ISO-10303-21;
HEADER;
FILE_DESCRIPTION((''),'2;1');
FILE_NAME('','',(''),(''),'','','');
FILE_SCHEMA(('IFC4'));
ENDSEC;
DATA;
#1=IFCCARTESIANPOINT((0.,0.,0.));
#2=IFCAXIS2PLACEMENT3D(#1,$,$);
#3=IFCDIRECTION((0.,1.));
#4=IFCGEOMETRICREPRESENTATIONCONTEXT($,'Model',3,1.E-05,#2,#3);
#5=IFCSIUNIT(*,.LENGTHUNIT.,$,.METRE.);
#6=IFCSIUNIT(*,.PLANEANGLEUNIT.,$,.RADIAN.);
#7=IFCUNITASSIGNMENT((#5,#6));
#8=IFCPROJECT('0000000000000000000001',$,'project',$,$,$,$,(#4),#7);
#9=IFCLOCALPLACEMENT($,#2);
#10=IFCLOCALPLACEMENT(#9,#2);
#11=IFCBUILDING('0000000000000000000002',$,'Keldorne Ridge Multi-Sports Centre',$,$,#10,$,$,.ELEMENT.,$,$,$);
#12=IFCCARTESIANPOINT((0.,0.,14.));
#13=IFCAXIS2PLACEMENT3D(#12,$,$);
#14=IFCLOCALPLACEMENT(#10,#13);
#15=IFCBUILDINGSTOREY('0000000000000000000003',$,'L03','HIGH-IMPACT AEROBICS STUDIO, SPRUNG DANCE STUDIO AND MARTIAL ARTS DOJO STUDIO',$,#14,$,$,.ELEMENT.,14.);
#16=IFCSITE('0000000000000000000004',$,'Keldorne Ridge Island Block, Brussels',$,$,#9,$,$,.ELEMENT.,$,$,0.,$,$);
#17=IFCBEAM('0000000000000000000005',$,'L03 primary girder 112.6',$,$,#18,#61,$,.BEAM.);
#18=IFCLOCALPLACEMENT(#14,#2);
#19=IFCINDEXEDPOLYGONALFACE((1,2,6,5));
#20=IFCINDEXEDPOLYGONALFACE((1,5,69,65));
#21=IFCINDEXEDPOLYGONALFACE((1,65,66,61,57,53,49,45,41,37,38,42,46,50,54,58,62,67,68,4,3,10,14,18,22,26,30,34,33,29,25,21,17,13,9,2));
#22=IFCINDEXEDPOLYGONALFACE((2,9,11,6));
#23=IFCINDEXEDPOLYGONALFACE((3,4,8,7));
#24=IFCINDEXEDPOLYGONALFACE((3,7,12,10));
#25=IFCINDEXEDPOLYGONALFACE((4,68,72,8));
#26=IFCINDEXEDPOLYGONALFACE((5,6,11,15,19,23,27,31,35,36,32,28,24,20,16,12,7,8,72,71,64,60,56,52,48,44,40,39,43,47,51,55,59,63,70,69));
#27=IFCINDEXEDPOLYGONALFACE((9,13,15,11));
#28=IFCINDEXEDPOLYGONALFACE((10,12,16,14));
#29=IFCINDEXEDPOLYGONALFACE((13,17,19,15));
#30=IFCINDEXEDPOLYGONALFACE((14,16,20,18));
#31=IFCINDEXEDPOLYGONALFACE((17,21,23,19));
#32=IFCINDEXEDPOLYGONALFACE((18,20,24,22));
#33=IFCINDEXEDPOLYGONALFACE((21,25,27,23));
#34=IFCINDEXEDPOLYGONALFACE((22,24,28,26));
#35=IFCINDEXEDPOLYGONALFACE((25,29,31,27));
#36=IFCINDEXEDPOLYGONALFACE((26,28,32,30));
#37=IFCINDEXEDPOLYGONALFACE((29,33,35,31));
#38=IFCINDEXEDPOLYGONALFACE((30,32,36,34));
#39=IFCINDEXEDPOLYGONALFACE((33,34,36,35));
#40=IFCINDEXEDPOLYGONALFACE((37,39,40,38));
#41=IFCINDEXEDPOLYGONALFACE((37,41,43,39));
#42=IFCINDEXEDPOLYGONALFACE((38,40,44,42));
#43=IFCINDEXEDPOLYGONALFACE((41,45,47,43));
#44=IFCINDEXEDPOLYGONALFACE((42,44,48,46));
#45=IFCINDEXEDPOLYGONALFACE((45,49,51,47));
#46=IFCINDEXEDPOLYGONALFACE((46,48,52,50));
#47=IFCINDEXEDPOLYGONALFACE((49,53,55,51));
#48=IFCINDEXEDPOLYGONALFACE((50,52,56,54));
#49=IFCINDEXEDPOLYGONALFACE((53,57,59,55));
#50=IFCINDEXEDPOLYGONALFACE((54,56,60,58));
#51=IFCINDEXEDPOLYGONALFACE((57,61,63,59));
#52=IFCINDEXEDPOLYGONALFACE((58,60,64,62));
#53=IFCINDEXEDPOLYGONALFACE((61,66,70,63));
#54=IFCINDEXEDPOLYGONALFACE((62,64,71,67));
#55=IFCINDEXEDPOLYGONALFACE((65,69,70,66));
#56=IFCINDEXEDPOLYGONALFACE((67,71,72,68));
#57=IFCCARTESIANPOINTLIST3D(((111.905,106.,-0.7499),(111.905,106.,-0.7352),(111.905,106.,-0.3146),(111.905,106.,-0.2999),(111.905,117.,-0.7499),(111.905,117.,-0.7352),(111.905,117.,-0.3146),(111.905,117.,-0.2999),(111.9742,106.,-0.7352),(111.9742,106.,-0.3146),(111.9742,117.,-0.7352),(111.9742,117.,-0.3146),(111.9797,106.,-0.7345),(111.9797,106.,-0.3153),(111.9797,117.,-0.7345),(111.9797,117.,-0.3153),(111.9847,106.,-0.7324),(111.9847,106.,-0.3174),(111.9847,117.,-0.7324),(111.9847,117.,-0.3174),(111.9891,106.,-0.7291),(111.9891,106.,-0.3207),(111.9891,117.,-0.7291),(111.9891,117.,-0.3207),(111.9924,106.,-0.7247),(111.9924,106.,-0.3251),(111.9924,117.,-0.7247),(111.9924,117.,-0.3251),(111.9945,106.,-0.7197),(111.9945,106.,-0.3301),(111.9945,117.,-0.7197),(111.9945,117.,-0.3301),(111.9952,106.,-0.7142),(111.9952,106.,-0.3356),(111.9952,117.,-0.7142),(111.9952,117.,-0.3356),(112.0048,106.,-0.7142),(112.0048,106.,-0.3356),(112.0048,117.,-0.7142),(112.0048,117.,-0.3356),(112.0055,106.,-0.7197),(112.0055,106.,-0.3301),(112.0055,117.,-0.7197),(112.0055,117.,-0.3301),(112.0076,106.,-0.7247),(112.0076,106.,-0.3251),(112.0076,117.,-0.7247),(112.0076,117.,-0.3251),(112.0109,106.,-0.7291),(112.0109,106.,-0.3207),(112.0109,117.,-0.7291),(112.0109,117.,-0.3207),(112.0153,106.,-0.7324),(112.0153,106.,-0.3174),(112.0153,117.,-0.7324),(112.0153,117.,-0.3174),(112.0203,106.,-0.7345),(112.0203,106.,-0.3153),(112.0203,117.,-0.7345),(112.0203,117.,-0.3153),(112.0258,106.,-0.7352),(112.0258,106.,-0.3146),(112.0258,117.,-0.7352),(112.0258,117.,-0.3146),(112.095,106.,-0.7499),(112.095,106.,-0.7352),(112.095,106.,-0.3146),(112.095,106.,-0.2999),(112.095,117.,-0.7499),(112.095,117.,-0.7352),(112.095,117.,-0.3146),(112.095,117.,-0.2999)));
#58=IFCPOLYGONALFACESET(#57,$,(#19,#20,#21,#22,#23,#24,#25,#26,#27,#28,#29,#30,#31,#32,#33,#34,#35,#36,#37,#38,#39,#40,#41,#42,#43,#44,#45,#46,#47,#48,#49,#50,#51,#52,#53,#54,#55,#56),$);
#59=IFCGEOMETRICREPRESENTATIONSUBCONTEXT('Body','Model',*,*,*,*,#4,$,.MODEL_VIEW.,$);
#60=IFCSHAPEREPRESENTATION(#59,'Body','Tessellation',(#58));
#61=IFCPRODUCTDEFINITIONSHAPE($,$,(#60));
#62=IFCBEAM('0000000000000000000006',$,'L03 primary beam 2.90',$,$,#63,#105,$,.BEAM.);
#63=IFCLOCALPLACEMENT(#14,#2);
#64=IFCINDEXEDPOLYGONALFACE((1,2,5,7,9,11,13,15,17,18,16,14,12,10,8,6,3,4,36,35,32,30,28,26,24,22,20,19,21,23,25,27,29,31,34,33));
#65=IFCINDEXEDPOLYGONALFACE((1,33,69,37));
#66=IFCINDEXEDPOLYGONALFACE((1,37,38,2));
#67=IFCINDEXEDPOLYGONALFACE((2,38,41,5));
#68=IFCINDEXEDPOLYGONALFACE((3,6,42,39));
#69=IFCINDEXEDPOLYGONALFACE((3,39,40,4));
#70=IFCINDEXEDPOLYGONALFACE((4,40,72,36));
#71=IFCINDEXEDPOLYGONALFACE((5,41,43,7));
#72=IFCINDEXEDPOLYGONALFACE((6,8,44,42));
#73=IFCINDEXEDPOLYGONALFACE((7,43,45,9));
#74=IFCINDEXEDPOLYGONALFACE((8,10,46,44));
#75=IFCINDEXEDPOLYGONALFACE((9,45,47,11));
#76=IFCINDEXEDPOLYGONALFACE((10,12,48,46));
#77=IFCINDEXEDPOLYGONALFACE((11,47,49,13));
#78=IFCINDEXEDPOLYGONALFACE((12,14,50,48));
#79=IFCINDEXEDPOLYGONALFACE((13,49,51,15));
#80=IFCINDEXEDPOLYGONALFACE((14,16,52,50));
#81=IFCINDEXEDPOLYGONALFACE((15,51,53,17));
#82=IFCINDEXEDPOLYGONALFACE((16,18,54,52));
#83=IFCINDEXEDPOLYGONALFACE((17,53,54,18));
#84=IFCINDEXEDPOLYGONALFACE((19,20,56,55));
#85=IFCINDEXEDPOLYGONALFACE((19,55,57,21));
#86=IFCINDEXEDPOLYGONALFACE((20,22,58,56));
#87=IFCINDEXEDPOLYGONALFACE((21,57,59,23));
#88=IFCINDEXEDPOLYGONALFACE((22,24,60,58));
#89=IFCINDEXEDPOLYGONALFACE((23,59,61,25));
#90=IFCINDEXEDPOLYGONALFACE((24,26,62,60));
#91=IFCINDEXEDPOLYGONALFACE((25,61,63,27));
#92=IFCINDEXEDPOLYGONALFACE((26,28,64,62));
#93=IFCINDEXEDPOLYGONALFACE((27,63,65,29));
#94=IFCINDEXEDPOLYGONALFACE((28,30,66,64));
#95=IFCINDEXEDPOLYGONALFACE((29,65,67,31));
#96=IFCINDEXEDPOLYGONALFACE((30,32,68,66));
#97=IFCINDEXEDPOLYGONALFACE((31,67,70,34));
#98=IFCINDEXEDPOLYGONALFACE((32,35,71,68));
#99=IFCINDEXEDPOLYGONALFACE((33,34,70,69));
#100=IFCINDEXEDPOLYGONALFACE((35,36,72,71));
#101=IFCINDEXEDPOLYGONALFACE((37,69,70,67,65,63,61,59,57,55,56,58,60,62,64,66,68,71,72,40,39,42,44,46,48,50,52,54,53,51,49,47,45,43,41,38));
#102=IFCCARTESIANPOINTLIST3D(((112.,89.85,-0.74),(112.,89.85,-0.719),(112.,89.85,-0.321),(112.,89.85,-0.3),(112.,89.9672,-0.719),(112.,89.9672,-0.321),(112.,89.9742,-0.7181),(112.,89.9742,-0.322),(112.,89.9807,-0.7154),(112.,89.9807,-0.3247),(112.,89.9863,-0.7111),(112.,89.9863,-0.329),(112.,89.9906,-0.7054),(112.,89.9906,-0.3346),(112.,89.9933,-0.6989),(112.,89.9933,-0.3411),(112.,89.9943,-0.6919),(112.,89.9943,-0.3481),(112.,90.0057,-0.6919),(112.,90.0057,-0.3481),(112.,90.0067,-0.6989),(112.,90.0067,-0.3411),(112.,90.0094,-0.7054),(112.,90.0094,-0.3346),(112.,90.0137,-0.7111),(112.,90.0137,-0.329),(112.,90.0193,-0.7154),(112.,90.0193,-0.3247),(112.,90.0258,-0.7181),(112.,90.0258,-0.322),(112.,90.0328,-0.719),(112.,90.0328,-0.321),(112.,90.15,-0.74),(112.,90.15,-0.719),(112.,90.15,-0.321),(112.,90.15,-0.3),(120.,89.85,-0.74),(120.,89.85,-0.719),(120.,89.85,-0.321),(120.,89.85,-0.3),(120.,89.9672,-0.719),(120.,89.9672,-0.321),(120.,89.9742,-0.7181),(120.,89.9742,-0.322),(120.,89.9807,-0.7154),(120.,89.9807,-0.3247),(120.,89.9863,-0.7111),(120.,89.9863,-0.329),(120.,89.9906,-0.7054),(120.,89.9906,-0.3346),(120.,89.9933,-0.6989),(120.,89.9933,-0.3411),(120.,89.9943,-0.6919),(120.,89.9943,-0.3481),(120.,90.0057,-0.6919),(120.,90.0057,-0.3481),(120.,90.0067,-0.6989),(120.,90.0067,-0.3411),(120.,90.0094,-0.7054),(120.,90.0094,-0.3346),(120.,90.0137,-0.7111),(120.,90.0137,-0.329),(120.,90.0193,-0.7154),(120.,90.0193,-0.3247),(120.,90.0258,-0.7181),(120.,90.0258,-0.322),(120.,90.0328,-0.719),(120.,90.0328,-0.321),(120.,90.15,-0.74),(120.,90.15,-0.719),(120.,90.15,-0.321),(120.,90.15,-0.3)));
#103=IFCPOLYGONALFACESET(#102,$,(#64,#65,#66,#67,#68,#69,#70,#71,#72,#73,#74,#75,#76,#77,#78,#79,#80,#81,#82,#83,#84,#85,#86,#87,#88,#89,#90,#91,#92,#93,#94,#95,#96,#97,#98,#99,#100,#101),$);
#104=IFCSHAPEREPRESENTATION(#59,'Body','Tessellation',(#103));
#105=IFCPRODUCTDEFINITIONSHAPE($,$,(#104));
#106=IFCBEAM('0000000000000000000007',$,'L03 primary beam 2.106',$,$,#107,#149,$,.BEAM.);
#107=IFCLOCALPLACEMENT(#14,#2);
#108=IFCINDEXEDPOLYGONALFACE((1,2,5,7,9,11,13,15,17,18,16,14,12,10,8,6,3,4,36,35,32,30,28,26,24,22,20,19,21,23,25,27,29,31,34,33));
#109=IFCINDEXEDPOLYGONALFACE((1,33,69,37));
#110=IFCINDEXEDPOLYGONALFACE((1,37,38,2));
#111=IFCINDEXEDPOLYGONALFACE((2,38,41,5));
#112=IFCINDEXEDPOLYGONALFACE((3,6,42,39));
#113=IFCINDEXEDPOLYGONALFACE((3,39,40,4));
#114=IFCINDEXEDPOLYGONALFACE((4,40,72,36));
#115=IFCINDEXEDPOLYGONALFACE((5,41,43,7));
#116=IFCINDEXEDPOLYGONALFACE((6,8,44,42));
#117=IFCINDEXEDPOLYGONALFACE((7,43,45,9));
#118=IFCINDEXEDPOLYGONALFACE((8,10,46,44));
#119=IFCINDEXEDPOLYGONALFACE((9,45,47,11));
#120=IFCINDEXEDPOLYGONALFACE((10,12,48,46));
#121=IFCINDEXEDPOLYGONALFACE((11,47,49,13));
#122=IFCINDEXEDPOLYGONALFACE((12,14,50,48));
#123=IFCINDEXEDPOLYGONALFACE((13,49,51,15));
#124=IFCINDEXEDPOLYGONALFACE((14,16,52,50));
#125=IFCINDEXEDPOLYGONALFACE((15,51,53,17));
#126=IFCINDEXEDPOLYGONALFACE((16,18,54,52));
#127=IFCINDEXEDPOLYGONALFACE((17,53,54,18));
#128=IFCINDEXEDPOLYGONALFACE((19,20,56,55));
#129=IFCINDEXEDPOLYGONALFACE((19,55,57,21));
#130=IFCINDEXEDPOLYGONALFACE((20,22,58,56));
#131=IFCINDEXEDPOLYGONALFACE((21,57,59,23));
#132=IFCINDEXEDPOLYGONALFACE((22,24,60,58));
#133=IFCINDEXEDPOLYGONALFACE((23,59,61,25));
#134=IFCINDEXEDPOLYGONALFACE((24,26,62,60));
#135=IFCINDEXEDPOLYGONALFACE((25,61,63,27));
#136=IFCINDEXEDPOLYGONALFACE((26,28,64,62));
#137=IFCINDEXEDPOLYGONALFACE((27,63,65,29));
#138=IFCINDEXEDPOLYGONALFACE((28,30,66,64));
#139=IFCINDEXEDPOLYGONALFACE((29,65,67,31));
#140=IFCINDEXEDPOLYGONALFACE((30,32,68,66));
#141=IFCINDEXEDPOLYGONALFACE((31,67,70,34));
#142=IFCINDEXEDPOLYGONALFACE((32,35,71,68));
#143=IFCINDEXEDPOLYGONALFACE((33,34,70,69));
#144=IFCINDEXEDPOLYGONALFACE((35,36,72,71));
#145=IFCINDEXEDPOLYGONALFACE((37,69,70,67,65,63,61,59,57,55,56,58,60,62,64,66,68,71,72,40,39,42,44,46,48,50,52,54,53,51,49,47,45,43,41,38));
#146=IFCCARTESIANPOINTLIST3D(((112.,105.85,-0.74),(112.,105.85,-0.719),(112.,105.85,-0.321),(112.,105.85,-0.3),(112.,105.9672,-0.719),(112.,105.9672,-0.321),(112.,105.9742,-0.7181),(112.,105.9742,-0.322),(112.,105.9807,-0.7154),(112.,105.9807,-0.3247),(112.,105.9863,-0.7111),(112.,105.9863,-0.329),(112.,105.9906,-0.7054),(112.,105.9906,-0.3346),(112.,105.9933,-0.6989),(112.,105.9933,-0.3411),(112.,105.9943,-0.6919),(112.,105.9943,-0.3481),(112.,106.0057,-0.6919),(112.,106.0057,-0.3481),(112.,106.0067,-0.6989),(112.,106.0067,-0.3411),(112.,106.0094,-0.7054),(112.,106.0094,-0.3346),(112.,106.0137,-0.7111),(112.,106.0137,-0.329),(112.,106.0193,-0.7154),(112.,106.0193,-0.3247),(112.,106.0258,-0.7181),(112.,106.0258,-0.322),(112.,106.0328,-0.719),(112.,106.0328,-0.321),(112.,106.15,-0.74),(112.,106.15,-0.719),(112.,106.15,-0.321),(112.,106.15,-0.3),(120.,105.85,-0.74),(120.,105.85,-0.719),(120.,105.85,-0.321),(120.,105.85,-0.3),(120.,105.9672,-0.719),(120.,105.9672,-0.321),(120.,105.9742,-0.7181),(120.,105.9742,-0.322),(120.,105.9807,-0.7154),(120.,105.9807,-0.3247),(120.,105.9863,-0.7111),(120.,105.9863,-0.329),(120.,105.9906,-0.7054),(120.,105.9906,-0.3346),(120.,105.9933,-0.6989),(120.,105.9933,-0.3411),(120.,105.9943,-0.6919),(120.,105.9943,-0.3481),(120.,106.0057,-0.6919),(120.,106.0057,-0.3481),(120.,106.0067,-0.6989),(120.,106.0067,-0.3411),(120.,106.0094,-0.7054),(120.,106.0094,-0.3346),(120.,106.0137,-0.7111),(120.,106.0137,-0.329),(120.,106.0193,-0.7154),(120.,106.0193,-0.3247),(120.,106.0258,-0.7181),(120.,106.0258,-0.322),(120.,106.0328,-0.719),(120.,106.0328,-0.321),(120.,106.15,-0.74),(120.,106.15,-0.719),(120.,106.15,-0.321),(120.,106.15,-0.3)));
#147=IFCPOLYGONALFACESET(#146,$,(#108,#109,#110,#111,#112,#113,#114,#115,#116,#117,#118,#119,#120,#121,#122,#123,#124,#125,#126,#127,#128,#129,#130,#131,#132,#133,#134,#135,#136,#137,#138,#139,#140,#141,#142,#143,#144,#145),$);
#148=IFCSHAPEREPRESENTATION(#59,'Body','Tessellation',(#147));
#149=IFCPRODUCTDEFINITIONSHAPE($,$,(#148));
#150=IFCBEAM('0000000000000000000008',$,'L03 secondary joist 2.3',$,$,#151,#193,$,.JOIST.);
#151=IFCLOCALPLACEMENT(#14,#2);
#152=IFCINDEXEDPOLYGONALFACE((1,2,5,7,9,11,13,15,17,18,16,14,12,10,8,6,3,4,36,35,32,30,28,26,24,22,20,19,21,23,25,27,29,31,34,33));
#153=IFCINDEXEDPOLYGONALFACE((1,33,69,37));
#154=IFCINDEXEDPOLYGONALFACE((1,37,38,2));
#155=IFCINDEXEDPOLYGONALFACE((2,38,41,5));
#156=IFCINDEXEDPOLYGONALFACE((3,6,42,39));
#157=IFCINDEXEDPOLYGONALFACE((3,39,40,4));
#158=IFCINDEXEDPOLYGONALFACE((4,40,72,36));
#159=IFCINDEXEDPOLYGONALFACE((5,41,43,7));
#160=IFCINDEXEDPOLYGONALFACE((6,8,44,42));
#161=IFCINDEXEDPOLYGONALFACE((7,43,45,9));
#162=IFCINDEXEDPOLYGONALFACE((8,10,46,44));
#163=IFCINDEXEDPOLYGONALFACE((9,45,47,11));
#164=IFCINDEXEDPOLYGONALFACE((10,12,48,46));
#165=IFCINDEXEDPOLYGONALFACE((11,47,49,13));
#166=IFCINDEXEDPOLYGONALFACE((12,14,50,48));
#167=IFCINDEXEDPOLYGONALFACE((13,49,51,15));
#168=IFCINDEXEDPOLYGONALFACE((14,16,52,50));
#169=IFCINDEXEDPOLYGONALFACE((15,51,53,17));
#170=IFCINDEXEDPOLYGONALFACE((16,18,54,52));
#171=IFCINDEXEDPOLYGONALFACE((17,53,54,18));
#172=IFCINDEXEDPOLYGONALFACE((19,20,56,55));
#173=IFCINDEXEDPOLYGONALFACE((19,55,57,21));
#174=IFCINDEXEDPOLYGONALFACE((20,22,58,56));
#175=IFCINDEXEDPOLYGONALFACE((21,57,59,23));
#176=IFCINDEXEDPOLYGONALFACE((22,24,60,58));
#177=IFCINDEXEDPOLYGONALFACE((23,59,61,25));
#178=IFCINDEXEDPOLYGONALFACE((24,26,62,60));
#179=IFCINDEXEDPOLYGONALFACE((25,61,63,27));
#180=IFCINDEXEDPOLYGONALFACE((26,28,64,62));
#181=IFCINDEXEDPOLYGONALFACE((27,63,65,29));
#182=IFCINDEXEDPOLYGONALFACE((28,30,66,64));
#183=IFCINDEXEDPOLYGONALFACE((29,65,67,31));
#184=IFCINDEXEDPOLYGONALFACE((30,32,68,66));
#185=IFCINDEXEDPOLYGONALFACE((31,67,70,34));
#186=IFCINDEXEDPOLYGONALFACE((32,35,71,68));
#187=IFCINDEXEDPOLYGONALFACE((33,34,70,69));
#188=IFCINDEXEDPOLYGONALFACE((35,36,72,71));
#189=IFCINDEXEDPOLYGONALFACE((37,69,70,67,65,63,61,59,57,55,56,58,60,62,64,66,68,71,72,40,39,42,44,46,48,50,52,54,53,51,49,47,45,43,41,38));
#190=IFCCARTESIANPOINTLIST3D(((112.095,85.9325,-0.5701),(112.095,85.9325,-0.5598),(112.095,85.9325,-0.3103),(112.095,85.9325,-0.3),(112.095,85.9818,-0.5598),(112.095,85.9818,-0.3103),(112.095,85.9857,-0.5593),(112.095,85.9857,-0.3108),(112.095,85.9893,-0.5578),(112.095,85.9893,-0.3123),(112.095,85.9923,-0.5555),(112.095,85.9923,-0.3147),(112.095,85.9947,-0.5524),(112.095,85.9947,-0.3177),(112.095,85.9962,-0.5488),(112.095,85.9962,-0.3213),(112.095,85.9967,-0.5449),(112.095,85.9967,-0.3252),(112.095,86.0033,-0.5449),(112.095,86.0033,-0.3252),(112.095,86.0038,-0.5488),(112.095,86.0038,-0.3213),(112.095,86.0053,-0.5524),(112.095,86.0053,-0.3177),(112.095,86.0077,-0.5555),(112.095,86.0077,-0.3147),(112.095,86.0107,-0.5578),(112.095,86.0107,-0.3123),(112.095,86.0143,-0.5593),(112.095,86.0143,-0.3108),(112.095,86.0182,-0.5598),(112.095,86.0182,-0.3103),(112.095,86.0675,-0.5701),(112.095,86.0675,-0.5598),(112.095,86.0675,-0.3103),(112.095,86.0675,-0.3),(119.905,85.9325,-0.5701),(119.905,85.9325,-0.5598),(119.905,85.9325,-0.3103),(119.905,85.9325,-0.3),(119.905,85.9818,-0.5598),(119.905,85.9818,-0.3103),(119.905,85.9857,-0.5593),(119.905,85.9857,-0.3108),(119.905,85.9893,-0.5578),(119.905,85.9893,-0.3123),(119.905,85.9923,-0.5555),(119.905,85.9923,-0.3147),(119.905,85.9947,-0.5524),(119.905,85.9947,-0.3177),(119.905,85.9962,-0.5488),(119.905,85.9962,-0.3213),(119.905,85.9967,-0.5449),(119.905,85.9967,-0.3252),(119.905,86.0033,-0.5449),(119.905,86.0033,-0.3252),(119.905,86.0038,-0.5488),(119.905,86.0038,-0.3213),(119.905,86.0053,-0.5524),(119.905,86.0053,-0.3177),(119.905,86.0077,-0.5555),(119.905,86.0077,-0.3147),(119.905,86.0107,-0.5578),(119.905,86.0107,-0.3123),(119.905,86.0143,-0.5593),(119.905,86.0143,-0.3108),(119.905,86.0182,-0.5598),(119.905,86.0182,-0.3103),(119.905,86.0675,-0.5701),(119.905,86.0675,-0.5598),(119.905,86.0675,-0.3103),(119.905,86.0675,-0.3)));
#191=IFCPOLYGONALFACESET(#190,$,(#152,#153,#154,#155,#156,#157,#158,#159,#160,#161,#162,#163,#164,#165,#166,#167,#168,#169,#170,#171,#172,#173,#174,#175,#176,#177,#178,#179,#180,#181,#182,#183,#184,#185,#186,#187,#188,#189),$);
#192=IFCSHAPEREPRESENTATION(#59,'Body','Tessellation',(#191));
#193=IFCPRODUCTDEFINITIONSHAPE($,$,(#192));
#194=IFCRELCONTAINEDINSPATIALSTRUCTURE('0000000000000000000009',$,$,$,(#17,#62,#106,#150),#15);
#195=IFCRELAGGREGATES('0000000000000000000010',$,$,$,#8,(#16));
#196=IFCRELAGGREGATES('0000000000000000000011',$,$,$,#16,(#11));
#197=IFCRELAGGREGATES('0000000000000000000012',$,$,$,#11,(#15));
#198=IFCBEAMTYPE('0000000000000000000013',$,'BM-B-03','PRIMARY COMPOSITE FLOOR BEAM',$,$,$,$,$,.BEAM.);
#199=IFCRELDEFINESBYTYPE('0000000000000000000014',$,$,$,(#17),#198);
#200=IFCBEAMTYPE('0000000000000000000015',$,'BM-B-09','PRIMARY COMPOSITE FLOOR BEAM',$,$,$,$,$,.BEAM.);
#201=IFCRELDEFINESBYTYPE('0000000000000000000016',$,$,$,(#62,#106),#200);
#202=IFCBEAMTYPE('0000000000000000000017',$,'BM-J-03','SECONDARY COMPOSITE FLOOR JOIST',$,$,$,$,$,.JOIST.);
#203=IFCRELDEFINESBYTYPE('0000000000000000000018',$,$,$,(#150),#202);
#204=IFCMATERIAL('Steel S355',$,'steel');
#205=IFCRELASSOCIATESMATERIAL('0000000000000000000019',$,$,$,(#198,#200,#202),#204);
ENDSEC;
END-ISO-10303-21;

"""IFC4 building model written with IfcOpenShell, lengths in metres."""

from ifc_helpers import new_model, si_unit, direction, frame, origin, origin_2d, place, context, subcontext, project, spatial, i_section, extrude, material, material_profile, profile_set, type_object, element, save


model = new_model("IFC4")

# Units and contexts
model_context = context("Model", 3, precision=1e-05, world=origin(), true_north=direction((0.0, 1.0)))
body_context = subcontext(model_context, "Body", "Model", "MODEL_VIEW")
ifc_project = project(units=[si_unit("LENGTHUNIT", "METRE"), si_unit("PLANEANGLEUNIT", "RADIAN")], contexts=[model_context])

# Site, building, storey
site_placement = place(None, origin())
site = spatial("IfcSite", under=ifc_project, at=site_placement, Name="Keldorne Ridge Island Block, Brussels", CompositionType="ELEMENT", RefElevation=0.0)
building_placement = place(site_placement, origin())
building = spatial("IfcBuilding", under=site, at=building_placement, Name="Keldorne Ridge Multi-Sports Centre", CompositionType="ELEMENT")
storey_placement = place(building_placement, frame((0.0, 0.0, 14.0)))
storey = spatial("IfcBuildingStorey", under=building, at=storey_placement, Name="L03", Description="HIGH-IMPACT AEROBICS STUDIO, SPRUNG DANCE STUDIO AND MARTIAL ARTS DOJO STUDIO", CompositionType="ELEMENT", Elevation=14.0)

# Shared definitions
ifc_material_1 = material(Name="Steel S355", Category="steel")

# Beams
ifc_material_profile_1 = material_profile(ifc_material_1, i_section(OverallWidth=0.1899, OverallDepth=0.45, WebThickness=0.0095, FlangeThickness=0.0146, FilletRadius=0.021, at=origin_2d()), Name="IPE 450")
ifc_profile_set_1 = profile_set([ifc_material_profile_1], Name="Steel S355")
beam_type_1 = type_object("IfcBeamType", Name="BM-B-03", Description="PRIMARY COMPOSITE FLOOR BEAM", PredefinedType="BEAM", material=ifc_profile_set_1)
beam_1_placement = place(storey_placement, frame((112.0, 106.0, -0.5249), z_axis=(0.0, 1.0, 0.0), x_axis=(-1.0, 0.0, 0.0)))
element("IfcBeam", 1, at=beam_1_placement, inside=storey, type_object=beam_type_1, Name="L03 primary girder 112.6", PredefinedType="BEAM", context=body_context, shape_type="SweptSolid", body=[
    extrude(i_section(OverallWidth=0.1899, OverallDepth=0.45, WebThickness=0.0095, FlangeThickness=0.0146, FilletRadius=0.021, at=origin_2d()), origin(), (0.0, 0.0, 1.0), 11.0),
])
ifc_material_profile_2 = material_profile(ifc_material_1, i_section(OverallWidth=0.3, OverallDepth=0.4399, WebThickness=0.0115, FlangeThickness=0.021, FilletRadius=0.0271, at=origin_2d()), Name="HEA 450")
ifc_profile_set_2 = profile_set([ifc_material_profile_2], Name="Steel S355")
beam_type_2 = type_object("IfcBeamType", Name="BM-B-09", Description="PRIMARY COMPOSITE FLOOR BEAM", PredefinedType="BEAM", material=ifc_profile_set_2)
for number, where, z_axis, x_axis, name in (
    (2, (112.0, 90.0, -0.52), (1.0, 0.0, 0.0), (0.0, 1.0, 0.0), "L03 primary beam 2.90"),
    (3, (112.0, 106.0, -0.52), (1.0, 0.0, 0.0), (0.0, 1.0, 0.0), "L03 primary beam 2.106"),
):
    element("IfcBeam", number, at=place(storey_placement, frame(where, z_axis=z_axis, x_axis=x_axis)), inside=storey, type_object=beam_type_2, Name=name, PredefinedType="BEAM", context=body_context, shape_type="SweptSolid", body=[
        extrude(i_section(OverallWidth=0.3, OverallDepth=0.4399, WebThickness=0.0115, FlangeThickness=0.021, FilletRadius=0.0271, at=origin_2d()), origin(), (0.0, 0.0, 1.0), 8.0),
    ])
ifc_material_profile_3 = material_profile(ifc_material_1, i_section(OverallWidth=0.135, OverallDepth=0.27, WebThickness=0.0066, FlangeThickness=0.0103, FilletRadius=0.0149, at=origin_2d()), Name="IPE 270")
ifc_profile_set_3 = profile_set([ifc_material_profile_3], Name="Steel S355")
beam_type_3 = type_object("IfcBeamType", Name="BM-J-03", Description="SECONDARY COMPOSITE FLOOR JOIST", PredefinedType="JOIST", material=ifc_profile_set_3)
for number, where, z_axis, x_axis, name in (
    (4, (112.095, 86.0, -0.4351), (1.0, 0.0, 0.0), (0.0, 1.0, 0.0), "L03 secondary joist 2.3"),
):
    element("IfcBeam", number, at=place(storey_placement, frame(where, z_axis=z_axis, x_axis=x_axis)), inside=storey, type_object=beam_type_3, Name=name, PredefinedType="JOIST", context=body_context, shape_type="SweptSolid", body=[
        extrude(i_section(OverallWidth=0.135, OverallDepth=0.27, WebThickness=0.0066, FlangeThickness=0.0103, FilletRadius=0.0149, at=origin_2d()), origin(), (0.0, 0.0, 1.0), 7.8101),
    ])

save(model, "model.ifc")
